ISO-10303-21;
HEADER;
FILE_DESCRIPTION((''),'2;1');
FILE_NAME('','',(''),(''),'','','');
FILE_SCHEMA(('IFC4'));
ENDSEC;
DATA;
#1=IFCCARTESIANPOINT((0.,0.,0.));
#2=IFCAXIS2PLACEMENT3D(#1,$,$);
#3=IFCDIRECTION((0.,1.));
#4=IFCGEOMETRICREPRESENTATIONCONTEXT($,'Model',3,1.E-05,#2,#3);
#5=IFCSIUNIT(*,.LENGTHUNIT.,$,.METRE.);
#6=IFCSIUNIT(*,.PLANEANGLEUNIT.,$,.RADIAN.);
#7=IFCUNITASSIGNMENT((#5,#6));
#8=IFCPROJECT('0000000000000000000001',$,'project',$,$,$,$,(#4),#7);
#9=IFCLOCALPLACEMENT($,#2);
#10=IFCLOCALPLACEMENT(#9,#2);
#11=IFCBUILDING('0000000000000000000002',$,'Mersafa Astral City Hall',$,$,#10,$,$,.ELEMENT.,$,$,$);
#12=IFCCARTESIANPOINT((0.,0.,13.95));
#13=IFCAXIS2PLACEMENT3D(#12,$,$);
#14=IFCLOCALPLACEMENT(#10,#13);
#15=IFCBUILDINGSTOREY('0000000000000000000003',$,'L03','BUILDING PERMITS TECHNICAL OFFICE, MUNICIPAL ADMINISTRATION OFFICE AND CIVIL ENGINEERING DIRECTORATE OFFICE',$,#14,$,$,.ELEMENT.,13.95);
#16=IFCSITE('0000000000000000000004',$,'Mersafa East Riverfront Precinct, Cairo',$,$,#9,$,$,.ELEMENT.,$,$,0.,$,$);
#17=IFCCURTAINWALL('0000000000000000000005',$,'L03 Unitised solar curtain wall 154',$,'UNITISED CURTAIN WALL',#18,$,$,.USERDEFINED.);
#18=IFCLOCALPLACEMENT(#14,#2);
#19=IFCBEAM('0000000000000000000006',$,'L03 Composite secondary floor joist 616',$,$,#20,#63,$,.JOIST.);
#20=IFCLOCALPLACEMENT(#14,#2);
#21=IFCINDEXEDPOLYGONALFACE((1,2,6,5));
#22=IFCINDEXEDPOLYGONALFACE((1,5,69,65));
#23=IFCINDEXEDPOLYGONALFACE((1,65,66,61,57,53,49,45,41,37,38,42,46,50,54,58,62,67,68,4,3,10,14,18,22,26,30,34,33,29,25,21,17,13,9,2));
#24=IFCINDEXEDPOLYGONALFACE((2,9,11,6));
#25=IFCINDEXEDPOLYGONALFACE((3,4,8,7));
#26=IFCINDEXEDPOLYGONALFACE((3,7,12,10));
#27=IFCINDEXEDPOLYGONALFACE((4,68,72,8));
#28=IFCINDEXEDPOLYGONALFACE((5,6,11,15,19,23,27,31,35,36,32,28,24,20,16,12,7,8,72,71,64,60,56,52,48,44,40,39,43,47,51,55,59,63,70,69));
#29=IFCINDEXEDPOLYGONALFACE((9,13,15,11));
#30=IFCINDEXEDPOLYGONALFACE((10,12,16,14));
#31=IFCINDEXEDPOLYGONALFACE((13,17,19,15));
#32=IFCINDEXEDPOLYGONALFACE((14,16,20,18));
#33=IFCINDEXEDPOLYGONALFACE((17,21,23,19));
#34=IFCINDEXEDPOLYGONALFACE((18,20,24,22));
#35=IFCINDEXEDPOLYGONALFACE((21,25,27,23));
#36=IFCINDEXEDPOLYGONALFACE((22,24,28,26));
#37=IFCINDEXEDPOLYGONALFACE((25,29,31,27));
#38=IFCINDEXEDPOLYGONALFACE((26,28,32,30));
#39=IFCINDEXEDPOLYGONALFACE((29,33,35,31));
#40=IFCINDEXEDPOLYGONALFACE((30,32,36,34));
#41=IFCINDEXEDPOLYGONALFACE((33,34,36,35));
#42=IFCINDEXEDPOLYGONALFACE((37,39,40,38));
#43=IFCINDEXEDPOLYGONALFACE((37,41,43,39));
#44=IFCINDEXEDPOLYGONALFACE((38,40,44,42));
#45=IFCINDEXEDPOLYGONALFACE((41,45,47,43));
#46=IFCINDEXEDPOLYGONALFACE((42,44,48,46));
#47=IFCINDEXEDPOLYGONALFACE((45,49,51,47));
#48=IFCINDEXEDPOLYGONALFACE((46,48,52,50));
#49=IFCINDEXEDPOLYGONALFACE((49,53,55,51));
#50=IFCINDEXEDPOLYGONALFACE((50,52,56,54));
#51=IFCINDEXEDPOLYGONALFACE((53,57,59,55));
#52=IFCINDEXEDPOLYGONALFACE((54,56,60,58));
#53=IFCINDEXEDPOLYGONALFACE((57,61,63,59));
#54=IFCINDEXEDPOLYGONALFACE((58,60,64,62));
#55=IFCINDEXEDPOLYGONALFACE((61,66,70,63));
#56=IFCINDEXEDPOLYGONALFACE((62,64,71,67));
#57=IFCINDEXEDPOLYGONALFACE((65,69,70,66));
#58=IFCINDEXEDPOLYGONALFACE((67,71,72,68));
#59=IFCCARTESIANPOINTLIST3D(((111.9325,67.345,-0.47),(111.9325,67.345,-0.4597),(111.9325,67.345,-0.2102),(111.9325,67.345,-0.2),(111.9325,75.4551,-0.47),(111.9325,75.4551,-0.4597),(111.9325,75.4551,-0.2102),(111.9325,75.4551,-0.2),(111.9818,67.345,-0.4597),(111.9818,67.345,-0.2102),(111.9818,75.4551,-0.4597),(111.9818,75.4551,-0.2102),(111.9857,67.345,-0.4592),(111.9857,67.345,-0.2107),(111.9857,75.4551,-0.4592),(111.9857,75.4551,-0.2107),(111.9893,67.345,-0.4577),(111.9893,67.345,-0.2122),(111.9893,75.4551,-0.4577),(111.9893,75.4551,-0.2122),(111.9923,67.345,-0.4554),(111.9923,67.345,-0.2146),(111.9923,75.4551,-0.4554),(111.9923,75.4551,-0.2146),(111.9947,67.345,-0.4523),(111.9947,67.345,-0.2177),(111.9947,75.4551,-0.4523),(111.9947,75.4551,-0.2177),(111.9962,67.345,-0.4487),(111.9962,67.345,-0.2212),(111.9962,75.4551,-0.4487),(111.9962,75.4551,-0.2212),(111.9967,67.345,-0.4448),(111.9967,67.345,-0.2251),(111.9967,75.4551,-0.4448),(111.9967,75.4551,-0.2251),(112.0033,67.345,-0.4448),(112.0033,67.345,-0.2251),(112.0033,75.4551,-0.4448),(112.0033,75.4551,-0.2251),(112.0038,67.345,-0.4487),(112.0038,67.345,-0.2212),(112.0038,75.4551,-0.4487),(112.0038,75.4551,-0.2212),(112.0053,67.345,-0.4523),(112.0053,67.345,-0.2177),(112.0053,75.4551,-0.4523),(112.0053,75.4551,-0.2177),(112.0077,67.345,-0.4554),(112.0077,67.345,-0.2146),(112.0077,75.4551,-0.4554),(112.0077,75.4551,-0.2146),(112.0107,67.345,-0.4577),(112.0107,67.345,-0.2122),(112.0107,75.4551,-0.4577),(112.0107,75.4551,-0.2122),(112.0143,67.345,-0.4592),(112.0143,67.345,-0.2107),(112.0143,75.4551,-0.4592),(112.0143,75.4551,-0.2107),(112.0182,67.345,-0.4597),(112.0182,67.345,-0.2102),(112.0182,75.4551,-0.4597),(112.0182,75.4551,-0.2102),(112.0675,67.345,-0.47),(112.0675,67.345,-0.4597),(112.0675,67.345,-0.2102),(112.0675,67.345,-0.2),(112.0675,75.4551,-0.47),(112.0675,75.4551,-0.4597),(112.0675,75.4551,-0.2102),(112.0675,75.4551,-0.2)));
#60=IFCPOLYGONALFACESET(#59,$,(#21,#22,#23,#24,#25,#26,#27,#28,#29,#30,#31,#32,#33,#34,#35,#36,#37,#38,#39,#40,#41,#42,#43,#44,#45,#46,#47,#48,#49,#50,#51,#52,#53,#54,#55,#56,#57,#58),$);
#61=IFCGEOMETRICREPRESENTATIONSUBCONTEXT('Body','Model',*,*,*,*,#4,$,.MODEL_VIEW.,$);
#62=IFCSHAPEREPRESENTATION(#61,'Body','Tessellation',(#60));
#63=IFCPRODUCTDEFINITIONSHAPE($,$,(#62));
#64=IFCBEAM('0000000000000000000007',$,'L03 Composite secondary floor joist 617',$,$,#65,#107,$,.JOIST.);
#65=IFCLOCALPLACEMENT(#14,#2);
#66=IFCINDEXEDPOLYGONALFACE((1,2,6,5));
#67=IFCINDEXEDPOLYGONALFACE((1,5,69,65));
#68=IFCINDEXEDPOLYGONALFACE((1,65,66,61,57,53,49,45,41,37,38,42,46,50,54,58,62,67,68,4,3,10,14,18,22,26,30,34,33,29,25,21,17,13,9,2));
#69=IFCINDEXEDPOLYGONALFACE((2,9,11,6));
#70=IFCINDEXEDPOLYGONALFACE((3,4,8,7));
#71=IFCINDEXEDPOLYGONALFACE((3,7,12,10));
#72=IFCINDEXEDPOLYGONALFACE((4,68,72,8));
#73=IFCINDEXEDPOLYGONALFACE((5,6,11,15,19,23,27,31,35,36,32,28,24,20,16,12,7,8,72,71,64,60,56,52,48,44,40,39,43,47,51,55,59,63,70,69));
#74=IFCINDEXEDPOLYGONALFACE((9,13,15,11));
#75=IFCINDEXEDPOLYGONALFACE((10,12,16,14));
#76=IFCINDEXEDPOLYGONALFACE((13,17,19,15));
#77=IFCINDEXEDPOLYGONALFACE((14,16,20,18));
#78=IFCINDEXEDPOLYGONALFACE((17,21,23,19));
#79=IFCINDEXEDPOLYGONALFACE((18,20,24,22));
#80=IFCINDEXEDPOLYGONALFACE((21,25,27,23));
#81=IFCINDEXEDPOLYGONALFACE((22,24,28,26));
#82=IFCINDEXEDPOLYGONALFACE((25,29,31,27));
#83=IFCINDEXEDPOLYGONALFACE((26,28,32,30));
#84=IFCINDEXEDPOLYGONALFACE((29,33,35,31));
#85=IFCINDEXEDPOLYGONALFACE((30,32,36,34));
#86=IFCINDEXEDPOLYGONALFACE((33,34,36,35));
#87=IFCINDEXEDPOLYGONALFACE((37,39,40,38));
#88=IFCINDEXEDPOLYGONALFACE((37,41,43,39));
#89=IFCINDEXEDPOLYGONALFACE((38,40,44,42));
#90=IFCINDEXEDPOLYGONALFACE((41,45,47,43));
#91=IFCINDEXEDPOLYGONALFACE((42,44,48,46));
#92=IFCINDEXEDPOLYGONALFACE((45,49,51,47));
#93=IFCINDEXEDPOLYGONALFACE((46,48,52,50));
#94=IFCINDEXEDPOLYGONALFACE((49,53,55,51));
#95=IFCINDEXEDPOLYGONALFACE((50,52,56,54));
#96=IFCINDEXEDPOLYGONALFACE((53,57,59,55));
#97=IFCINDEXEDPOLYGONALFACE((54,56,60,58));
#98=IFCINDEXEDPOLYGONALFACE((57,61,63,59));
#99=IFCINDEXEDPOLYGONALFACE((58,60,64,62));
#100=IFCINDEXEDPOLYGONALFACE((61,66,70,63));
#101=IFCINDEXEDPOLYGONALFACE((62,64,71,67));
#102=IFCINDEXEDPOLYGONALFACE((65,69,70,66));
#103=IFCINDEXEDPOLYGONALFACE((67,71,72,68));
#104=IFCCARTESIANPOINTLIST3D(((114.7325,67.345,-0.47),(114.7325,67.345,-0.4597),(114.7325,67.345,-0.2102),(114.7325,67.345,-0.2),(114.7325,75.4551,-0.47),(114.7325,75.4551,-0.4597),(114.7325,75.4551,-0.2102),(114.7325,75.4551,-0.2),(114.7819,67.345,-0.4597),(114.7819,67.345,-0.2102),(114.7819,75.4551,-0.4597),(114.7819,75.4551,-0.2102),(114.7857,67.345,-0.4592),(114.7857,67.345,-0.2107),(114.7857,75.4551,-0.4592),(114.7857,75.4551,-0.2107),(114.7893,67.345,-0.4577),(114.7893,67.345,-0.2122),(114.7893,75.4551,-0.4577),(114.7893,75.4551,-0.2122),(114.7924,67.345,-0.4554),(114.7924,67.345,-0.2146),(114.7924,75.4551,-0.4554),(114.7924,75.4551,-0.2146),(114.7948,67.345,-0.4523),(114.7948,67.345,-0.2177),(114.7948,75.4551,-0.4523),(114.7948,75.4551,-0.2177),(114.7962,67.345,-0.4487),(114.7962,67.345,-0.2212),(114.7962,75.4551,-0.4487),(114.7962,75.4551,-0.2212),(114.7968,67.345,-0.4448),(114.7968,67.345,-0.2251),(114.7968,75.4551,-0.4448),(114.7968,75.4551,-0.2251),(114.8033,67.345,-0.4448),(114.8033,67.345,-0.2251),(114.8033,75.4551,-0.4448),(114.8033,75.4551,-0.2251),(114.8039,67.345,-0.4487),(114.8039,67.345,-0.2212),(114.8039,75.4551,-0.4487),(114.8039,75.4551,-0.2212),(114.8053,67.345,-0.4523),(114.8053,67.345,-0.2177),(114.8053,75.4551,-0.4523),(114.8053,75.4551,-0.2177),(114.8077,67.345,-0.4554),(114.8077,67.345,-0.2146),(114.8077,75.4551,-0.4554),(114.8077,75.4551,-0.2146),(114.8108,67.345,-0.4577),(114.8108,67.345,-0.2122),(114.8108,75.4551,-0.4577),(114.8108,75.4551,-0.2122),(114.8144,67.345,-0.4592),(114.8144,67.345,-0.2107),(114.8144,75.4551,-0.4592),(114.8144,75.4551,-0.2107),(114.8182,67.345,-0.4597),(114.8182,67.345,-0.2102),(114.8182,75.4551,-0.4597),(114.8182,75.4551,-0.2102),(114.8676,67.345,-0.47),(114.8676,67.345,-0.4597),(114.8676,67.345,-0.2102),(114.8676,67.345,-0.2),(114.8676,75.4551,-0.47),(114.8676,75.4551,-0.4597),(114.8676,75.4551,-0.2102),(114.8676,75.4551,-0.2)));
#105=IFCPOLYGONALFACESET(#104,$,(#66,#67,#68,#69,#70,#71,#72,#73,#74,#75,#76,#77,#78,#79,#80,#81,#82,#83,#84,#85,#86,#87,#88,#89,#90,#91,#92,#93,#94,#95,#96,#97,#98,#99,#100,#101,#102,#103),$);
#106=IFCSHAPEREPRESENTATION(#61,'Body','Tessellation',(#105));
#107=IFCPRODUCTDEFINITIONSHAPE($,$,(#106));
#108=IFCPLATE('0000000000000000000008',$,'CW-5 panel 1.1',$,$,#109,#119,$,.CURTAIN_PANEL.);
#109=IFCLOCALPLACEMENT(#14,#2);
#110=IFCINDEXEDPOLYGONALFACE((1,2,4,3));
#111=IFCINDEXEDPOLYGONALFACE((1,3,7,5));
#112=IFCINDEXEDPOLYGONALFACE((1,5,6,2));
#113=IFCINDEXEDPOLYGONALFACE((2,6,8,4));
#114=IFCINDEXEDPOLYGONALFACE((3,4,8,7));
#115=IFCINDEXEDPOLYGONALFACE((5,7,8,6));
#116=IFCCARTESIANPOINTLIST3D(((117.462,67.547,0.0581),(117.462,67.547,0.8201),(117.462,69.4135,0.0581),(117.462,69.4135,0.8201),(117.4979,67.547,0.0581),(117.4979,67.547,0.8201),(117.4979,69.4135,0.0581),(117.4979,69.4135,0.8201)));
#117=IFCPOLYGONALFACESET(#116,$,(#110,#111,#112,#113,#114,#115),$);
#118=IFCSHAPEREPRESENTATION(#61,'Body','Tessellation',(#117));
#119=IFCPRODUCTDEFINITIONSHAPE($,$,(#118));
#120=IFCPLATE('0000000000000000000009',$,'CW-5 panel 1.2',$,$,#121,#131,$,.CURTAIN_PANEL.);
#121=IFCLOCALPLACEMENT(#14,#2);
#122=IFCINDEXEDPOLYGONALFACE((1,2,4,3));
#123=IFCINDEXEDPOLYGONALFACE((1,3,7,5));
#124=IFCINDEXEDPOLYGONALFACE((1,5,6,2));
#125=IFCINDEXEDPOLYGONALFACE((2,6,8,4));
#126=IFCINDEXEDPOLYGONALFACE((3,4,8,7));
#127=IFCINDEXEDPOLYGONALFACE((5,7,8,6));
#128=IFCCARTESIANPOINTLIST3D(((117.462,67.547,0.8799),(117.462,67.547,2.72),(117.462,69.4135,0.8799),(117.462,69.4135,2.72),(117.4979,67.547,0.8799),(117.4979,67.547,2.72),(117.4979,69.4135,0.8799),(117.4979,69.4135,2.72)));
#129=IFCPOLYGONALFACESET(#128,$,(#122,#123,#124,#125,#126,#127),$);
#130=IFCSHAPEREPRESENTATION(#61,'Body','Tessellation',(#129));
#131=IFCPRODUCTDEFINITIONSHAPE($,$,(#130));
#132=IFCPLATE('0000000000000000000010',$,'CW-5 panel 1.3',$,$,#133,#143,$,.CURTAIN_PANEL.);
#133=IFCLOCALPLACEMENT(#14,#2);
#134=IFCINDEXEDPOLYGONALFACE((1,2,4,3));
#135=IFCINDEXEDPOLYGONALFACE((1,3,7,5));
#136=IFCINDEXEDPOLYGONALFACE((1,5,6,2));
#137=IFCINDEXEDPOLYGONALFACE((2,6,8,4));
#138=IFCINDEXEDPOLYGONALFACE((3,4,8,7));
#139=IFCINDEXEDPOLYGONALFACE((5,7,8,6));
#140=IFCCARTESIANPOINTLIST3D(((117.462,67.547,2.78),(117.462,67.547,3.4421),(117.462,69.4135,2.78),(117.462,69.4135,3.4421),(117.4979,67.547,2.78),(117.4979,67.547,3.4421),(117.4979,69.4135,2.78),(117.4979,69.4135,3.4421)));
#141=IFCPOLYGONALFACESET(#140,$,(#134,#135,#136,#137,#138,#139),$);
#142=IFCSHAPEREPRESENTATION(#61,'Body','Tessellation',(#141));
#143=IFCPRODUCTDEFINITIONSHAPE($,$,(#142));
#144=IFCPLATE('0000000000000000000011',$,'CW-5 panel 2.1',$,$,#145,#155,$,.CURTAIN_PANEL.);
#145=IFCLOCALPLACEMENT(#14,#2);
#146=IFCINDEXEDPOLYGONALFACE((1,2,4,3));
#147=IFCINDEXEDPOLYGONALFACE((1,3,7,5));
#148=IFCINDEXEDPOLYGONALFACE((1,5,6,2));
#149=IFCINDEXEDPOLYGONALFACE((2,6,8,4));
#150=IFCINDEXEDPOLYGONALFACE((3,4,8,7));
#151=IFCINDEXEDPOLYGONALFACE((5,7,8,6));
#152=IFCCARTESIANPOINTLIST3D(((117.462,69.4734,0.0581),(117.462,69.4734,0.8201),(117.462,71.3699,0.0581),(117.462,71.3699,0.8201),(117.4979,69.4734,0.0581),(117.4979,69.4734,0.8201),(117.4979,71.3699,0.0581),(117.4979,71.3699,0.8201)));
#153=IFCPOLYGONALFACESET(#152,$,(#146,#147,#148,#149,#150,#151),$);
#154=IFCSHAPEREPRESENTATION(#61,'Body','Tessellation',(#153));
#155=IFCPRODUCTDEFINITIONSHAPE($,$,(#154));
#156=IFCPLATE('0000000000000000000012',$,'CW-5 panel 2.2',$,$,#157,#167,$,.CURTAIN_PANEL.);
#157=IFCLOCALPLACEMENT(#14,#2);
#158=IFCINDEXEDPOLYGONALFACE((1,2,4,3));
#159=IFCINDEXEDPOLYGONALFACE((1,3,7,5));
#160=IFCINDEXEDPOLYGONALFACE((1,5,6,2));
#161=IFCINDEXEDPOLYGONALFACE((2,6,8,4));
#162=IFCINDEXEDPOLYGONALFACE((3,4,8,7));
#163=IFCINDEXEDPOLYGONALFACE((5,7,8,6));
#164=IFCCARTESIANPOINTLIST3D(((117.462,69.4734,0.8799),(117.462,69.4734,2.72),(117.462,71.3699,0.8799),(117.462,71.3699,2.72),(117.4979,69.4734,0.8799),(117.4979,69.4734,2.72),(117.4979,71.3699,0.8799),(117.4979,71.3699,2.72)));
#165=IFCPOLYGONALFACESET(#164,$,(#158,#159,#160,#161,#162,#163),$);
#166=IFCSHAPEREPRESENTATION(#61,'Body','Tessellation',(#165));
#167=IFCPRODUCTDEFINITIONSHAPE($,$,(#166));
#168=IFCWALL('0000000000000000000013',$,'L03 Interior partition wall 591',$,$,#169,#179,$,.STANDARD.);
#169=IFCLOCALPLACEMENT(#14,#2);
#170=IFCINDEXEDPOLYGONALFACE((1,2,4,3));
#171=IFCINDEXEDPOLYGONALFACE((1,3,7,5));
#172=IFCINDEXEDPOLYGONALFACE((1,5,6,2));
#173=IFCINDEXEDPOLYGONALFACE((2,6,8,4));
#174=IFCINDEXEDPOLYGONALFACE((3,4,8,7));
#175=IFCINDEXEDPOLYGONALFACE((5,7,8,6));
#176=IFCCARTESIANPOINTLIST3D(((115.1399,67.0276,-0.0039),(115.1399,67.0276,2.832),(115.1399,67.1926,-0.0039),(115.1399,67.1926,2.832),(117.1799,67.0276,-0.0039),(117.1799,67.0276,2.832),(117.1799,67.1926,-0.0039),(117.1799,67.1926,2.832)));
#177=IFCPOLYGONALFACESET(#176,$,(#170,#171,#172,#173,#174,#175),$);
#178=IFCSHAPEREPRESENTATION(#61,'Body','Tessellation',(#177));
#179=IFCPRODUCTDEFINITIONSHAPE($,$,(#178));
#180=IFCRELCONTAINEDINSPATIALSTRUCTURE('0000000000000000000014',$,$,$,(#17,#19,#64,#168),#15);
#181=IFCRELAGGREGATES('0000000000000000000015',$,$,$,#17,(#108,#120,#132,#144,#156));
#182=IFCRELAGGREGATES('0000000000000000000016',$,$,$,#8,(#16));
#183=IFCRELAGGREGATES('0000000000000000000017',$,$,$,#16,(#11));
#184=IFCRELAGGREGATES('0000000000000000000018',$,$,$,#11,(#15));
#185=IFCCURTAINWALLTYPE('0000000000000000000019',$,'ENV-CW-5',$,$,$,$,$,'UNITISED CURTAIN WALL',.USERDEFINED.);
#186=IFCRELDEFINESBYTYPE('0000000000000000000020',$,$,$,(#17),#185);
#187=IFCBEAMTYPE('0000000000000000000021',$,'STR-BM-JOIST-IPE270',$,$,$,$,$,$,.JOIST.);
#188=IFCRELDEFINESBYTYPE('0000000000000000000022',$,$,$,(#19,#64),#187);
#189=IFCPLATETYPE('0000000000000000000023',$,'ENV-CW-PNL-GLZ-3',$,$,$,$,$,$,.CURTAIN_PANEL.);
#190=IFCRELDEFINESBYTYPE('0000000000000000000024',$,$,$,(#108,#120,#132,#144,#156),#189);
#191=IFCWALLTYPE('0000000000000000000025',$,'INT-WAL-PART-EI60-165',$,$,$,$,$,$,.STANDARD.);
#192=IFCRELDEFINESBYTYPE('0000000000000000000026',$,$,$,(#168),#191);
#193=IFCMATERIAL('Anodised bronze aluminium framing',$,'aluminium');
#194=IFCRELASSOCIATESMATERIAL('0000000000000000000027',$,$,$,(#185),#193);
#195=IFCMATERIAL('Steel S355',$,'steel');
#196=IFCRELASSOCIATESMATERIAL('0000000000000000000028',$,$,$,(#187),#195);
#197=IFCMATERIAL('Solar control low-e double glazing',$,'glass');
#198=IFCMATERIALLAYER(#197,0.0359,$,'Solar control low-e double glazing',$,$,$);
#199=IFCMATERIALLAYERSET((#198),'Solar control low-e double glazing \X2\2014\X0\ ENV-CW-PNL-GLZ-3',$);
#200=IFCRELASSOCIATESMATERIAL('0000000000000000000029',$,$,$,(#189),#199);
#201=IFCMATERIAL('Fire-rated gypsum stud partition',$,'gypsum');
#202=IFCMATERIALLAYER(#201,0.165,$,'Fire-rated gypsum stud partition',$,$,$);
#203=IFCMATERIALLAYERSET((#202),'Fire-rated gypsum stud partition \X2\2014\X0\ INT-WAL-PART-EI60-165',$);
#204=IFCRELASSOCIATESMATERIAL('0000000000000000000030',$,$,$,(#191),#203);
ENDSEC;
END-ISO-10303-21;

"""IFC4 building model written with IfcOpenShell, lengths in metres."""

from ifc_helpers import new_model, si_unit, direction, frame, frame_2d, origin, origin_2d, place, context, subcontext, project, spatial, rectangle, i_section, extrude, material, layer, layer_set, material_profile, profile_set, type_object, element, aggregate, save


model = new_model("IFC4")

# Units and contexts
model_context = context("Model", 3, precision=1e-05, world=origin(), true_north=direction((0.0, 1.0)))
body_context = subcontext(model_context, "Body", "Model", "MODEL_VIEW")
ifc_project = project(units=[si_unit("LENGTHUNIT", "METRE"), si_unit("PLANEANGLEUNIT", "RADIAN")], contexts=[model_context])

# Site, building, storey
site_placement = place(None, origin())
site = spatial("IfcSite", under=ifc_project, at=site_placement, Name="Mersafa East Riverfront Precinct, Cairo", CompositionType="ELEMENT", RefElevation=0.0)
building_placement = place(site_placement, origin())
building = spatial("IfcBuilding", under=site, at=building_placement, Name="Mersafa Astral City Hall", CompositionType="ELEMENT")
storey_placement = place(building_placement, frame((0.0, 0.0, 13.95)))
storey = spatial("IfcBuildingStorey", under=building, at=storey_placement, Name="L03", Description="BUILDING PERMITS TECHNICAL OFFICE, MUNICIPAL ADMINISTRATION OFFICE AND CIVIL ENGINEERING DIRECTORATE OFFICE", CompositionType="ELEMENT", Elevation=13.95)

# Curtain wall
ifc_material_1 = material(Name="Anodised bronze aluminium framing", Category="aluminium")
curtain_wall_type = type_object("IfcCurtainWallType", Name="ENV-CW-5", ElementType="UNITISED CURTAIN WALL", PredefinedType="USERDEFINED", material=ifc_material_1)
curtain_wall_placement = place(storey_placement, origin())
curtain_wall = element("IfcCurtainWall", 1, at=curtain_wall_placement, inside=storey, type_object=curtain_wall_type, Name="L03 Unitised solar curtain wall 154", ObjectType="UNITISED CURTAIN WALL", PredefinedType="USERDEFINED")

# Beams
ifc_material_2 = material(Name="Steel S355", Category="steel")
ifc_material_profile_1 = material_profile(ifc_material_2, i_section(OverallWidth=0.135, OverallDepth=0.27, WebThickness=0.0066, FlangeThickness=0.0103, FilletRadius=0.0149, at=origin_2d()), Name="IPE 270")
ifc_profile_set_1 = profile_set([ifc_material_profile_1], Name="Steel S355")
beam_type = type_object("IfcBeamType", Name="STR-BM-JOIST-IPE270", PredefinedType="JOIST", material=ifc_profile_set_1)
for number, where, z_axis, x_axis, name in (
    (2, (112.0, 67.345, -0.335), (0.0, 1.0, 0.0), (-1.0, 0.0, 0.0), "L03 Composite secondary floor joist 616"),
    (3, (114.8, 67.345, -0.335), (0.0, 1.0, 0.0), (-1.0, 0.0, 0.0), "L03 Composite secondary floor joist 617"),
):
    element("IfcBeam", number, at=place(storey_placement, frame(where, z_axis=z_axis, x_axis=x_axis)), inside=storey, type_object=beam_type, Name=name, PredefinedType="JOIST", context=body_context, shape_type="SweptSolid", body=[
        extrude(i_section(OverallWidth=0.135, OverallDepth=0.27, WebThickness=0.0066, FlangeThickness=0.0103, FilletRadius=0.0149, at=origin_2d()), origin(), (0.0, 0.0, 1.0), 8.1101),
    ])

# Plates
ifc_material_3 = material(Name="Solar control low-e double glazing", Category="glass")
ifc_layer_1 = layer(ifc_material_3, 0.0359, Name="Solar control low-e double glazing")
ifc_layer_set_1 = layer_set([ifc_layer_1], Name="Solar control low-e double glazing — ENV-CW-PNL-GLZ-3")
plate_type = type_object("IfcPlateType", Name="ENV-CW-PNL-GLZ-3", PredefinedType="CURTAIN_PANEL", material=ifc_layer_set_1)
plate_1_placement = place(storey_placement, frame((117.48, 68.4802, 0.0581), z_axis=(0.0, 0.0, 1.0), x_axis=(0.0, 1.0, 0.0)))
plate_1 = element("IfcPlate", 4, at=plate_1_placement, type_object=plate_type, Name="CW-5 panel 1.1", PredefinedType="CURTAIN_PANEL", context=body_context, shape_type="SweptSolid", body=[
    extrude(rectangle(XDim=1.8665, YDim=0.0359, at=origin_2d()), origin(), (0.0, 0.0, 1.0), 0.762),
])
plate_2_placement = place(storey_placement, frame((117.48, 68.4802, 0.8799), z_axis=(0.0, 0.0, 1.0), x_axis=(0.0, 1.0, 0.0)))
plate_2 = element("IfcPlate", 5, at=plate_2_placement, type_object=plate_type, Name="CW-5 panel 1.2", PredefinedType="CURTAIN_PANEL", context=body_context, shape_type="SweptSolid", body=[
    extrude(rectangle(XDim=1.8665, YDim=0.0359, at=origin_2d()), origin(), (0.0, 0.0, 1.0), 1.8401),
])
plate_3_placement = place(storey_placement, frame((117.48, 68.4802, 2.78), z_axis=(0.0, 0.0, 1.0), x_axis=(0.0, 1.0, 0.0)))
plate_3 = element("IfcPlate", 6, at=plate_3_placement, type_object=plate_type, Name="CW-5 panel 1.3", PredefinedType="CURTAIN_PANEL", context=body_context, shape_type="SweptSolid", body=[
    extrude(rectangle(XDim=1.8665, YDim=0.0359, at=origin_2d()), origin(), (0.0, 0.0, 1.0), 0.6621),
])
plate_4_placement = place(storey_placement, frame((117.48, 70.4216, 0.0581), z_axis=(0.0, 0.0, 1.0), x_axis=(0.0, 1.0, 0.0)))
plate_4 = element("IfcPlate", 7, at=plate_4_placement, type_object=plate_type, Name="CW-5 panel 2.1", PredefinedType="CURTAIN_PANEL", context=body_context, shape_type="SweptSolid", body=[
    extrude(rectangle(XDim=1.8965, YDim=0.0359, at=origin_2d()), origin(), (0.0, 0.0, 1.0), 0.762),
])
plate_5_placement = place(storey_placement, frame((117.48, 70.4216, 0.8799), z_axis=(0.0, 0.0, 1.0), x_axis=(0.0, 1.0, 0.0)))
plate_5 = element("IfcPlate", 8, at=plate_5_placement, type_object=plate_type, Name="CW-5 panel 2.2", PredefinedType="CURTAIN_PANEL", context=body_context, shape_type="SweptSolid", body=[
    extrude(rectangle(XDim=1.8965, YDim=0.0359, at=origin_2d()), origin(), (0.0, 0.0, 1.0), 1.8401),
])
aggregate(curtain_wall, [plate_1, plate_2, plate_3, plate_4, plate_5])

# Wall
ifc_material_4 = material(Name="Fire-rated gypsum stud partition", Category="gypsum")
ifc_layer_2 = layer(ifc_material_4, 0.165, Name="Fire-rated gypsum stud partition")
ifc_layer_set_2 = layer_set([ifc_layer_2], Name="Fire-rated gypsum stud partition — INT-WAL-PART-EI60-165")
wall_type_1 = type_object("IfcWallType", Name="INT-WAL-PART-EI60-165", PredefinedType="STANDARD", material=ifc_layer_set_2)
wall_1_placement = place(storey_placement, frame((115.1399, 67.1101, -0.0039), z_axis=(0.0, 0.0, 1.0), x_axis=(1.0, 0.0, 0.0)))
element("IfcWall", 9, at=wall_1_placement, inside=storey, type_object=wall_type_1, Name="L03 Interior partition wall 591", PredefinedType="STANDARD", context=body_context, shape_type="SweptSolid", body=[
    extrude(rectangle(XDim=2.04, YDim=0.165, at=frame_2d((1.02, 0.0))), origin(), (0.0, 0.0, 1.0), 2.8359),
])

save(model, "model.ifc")
